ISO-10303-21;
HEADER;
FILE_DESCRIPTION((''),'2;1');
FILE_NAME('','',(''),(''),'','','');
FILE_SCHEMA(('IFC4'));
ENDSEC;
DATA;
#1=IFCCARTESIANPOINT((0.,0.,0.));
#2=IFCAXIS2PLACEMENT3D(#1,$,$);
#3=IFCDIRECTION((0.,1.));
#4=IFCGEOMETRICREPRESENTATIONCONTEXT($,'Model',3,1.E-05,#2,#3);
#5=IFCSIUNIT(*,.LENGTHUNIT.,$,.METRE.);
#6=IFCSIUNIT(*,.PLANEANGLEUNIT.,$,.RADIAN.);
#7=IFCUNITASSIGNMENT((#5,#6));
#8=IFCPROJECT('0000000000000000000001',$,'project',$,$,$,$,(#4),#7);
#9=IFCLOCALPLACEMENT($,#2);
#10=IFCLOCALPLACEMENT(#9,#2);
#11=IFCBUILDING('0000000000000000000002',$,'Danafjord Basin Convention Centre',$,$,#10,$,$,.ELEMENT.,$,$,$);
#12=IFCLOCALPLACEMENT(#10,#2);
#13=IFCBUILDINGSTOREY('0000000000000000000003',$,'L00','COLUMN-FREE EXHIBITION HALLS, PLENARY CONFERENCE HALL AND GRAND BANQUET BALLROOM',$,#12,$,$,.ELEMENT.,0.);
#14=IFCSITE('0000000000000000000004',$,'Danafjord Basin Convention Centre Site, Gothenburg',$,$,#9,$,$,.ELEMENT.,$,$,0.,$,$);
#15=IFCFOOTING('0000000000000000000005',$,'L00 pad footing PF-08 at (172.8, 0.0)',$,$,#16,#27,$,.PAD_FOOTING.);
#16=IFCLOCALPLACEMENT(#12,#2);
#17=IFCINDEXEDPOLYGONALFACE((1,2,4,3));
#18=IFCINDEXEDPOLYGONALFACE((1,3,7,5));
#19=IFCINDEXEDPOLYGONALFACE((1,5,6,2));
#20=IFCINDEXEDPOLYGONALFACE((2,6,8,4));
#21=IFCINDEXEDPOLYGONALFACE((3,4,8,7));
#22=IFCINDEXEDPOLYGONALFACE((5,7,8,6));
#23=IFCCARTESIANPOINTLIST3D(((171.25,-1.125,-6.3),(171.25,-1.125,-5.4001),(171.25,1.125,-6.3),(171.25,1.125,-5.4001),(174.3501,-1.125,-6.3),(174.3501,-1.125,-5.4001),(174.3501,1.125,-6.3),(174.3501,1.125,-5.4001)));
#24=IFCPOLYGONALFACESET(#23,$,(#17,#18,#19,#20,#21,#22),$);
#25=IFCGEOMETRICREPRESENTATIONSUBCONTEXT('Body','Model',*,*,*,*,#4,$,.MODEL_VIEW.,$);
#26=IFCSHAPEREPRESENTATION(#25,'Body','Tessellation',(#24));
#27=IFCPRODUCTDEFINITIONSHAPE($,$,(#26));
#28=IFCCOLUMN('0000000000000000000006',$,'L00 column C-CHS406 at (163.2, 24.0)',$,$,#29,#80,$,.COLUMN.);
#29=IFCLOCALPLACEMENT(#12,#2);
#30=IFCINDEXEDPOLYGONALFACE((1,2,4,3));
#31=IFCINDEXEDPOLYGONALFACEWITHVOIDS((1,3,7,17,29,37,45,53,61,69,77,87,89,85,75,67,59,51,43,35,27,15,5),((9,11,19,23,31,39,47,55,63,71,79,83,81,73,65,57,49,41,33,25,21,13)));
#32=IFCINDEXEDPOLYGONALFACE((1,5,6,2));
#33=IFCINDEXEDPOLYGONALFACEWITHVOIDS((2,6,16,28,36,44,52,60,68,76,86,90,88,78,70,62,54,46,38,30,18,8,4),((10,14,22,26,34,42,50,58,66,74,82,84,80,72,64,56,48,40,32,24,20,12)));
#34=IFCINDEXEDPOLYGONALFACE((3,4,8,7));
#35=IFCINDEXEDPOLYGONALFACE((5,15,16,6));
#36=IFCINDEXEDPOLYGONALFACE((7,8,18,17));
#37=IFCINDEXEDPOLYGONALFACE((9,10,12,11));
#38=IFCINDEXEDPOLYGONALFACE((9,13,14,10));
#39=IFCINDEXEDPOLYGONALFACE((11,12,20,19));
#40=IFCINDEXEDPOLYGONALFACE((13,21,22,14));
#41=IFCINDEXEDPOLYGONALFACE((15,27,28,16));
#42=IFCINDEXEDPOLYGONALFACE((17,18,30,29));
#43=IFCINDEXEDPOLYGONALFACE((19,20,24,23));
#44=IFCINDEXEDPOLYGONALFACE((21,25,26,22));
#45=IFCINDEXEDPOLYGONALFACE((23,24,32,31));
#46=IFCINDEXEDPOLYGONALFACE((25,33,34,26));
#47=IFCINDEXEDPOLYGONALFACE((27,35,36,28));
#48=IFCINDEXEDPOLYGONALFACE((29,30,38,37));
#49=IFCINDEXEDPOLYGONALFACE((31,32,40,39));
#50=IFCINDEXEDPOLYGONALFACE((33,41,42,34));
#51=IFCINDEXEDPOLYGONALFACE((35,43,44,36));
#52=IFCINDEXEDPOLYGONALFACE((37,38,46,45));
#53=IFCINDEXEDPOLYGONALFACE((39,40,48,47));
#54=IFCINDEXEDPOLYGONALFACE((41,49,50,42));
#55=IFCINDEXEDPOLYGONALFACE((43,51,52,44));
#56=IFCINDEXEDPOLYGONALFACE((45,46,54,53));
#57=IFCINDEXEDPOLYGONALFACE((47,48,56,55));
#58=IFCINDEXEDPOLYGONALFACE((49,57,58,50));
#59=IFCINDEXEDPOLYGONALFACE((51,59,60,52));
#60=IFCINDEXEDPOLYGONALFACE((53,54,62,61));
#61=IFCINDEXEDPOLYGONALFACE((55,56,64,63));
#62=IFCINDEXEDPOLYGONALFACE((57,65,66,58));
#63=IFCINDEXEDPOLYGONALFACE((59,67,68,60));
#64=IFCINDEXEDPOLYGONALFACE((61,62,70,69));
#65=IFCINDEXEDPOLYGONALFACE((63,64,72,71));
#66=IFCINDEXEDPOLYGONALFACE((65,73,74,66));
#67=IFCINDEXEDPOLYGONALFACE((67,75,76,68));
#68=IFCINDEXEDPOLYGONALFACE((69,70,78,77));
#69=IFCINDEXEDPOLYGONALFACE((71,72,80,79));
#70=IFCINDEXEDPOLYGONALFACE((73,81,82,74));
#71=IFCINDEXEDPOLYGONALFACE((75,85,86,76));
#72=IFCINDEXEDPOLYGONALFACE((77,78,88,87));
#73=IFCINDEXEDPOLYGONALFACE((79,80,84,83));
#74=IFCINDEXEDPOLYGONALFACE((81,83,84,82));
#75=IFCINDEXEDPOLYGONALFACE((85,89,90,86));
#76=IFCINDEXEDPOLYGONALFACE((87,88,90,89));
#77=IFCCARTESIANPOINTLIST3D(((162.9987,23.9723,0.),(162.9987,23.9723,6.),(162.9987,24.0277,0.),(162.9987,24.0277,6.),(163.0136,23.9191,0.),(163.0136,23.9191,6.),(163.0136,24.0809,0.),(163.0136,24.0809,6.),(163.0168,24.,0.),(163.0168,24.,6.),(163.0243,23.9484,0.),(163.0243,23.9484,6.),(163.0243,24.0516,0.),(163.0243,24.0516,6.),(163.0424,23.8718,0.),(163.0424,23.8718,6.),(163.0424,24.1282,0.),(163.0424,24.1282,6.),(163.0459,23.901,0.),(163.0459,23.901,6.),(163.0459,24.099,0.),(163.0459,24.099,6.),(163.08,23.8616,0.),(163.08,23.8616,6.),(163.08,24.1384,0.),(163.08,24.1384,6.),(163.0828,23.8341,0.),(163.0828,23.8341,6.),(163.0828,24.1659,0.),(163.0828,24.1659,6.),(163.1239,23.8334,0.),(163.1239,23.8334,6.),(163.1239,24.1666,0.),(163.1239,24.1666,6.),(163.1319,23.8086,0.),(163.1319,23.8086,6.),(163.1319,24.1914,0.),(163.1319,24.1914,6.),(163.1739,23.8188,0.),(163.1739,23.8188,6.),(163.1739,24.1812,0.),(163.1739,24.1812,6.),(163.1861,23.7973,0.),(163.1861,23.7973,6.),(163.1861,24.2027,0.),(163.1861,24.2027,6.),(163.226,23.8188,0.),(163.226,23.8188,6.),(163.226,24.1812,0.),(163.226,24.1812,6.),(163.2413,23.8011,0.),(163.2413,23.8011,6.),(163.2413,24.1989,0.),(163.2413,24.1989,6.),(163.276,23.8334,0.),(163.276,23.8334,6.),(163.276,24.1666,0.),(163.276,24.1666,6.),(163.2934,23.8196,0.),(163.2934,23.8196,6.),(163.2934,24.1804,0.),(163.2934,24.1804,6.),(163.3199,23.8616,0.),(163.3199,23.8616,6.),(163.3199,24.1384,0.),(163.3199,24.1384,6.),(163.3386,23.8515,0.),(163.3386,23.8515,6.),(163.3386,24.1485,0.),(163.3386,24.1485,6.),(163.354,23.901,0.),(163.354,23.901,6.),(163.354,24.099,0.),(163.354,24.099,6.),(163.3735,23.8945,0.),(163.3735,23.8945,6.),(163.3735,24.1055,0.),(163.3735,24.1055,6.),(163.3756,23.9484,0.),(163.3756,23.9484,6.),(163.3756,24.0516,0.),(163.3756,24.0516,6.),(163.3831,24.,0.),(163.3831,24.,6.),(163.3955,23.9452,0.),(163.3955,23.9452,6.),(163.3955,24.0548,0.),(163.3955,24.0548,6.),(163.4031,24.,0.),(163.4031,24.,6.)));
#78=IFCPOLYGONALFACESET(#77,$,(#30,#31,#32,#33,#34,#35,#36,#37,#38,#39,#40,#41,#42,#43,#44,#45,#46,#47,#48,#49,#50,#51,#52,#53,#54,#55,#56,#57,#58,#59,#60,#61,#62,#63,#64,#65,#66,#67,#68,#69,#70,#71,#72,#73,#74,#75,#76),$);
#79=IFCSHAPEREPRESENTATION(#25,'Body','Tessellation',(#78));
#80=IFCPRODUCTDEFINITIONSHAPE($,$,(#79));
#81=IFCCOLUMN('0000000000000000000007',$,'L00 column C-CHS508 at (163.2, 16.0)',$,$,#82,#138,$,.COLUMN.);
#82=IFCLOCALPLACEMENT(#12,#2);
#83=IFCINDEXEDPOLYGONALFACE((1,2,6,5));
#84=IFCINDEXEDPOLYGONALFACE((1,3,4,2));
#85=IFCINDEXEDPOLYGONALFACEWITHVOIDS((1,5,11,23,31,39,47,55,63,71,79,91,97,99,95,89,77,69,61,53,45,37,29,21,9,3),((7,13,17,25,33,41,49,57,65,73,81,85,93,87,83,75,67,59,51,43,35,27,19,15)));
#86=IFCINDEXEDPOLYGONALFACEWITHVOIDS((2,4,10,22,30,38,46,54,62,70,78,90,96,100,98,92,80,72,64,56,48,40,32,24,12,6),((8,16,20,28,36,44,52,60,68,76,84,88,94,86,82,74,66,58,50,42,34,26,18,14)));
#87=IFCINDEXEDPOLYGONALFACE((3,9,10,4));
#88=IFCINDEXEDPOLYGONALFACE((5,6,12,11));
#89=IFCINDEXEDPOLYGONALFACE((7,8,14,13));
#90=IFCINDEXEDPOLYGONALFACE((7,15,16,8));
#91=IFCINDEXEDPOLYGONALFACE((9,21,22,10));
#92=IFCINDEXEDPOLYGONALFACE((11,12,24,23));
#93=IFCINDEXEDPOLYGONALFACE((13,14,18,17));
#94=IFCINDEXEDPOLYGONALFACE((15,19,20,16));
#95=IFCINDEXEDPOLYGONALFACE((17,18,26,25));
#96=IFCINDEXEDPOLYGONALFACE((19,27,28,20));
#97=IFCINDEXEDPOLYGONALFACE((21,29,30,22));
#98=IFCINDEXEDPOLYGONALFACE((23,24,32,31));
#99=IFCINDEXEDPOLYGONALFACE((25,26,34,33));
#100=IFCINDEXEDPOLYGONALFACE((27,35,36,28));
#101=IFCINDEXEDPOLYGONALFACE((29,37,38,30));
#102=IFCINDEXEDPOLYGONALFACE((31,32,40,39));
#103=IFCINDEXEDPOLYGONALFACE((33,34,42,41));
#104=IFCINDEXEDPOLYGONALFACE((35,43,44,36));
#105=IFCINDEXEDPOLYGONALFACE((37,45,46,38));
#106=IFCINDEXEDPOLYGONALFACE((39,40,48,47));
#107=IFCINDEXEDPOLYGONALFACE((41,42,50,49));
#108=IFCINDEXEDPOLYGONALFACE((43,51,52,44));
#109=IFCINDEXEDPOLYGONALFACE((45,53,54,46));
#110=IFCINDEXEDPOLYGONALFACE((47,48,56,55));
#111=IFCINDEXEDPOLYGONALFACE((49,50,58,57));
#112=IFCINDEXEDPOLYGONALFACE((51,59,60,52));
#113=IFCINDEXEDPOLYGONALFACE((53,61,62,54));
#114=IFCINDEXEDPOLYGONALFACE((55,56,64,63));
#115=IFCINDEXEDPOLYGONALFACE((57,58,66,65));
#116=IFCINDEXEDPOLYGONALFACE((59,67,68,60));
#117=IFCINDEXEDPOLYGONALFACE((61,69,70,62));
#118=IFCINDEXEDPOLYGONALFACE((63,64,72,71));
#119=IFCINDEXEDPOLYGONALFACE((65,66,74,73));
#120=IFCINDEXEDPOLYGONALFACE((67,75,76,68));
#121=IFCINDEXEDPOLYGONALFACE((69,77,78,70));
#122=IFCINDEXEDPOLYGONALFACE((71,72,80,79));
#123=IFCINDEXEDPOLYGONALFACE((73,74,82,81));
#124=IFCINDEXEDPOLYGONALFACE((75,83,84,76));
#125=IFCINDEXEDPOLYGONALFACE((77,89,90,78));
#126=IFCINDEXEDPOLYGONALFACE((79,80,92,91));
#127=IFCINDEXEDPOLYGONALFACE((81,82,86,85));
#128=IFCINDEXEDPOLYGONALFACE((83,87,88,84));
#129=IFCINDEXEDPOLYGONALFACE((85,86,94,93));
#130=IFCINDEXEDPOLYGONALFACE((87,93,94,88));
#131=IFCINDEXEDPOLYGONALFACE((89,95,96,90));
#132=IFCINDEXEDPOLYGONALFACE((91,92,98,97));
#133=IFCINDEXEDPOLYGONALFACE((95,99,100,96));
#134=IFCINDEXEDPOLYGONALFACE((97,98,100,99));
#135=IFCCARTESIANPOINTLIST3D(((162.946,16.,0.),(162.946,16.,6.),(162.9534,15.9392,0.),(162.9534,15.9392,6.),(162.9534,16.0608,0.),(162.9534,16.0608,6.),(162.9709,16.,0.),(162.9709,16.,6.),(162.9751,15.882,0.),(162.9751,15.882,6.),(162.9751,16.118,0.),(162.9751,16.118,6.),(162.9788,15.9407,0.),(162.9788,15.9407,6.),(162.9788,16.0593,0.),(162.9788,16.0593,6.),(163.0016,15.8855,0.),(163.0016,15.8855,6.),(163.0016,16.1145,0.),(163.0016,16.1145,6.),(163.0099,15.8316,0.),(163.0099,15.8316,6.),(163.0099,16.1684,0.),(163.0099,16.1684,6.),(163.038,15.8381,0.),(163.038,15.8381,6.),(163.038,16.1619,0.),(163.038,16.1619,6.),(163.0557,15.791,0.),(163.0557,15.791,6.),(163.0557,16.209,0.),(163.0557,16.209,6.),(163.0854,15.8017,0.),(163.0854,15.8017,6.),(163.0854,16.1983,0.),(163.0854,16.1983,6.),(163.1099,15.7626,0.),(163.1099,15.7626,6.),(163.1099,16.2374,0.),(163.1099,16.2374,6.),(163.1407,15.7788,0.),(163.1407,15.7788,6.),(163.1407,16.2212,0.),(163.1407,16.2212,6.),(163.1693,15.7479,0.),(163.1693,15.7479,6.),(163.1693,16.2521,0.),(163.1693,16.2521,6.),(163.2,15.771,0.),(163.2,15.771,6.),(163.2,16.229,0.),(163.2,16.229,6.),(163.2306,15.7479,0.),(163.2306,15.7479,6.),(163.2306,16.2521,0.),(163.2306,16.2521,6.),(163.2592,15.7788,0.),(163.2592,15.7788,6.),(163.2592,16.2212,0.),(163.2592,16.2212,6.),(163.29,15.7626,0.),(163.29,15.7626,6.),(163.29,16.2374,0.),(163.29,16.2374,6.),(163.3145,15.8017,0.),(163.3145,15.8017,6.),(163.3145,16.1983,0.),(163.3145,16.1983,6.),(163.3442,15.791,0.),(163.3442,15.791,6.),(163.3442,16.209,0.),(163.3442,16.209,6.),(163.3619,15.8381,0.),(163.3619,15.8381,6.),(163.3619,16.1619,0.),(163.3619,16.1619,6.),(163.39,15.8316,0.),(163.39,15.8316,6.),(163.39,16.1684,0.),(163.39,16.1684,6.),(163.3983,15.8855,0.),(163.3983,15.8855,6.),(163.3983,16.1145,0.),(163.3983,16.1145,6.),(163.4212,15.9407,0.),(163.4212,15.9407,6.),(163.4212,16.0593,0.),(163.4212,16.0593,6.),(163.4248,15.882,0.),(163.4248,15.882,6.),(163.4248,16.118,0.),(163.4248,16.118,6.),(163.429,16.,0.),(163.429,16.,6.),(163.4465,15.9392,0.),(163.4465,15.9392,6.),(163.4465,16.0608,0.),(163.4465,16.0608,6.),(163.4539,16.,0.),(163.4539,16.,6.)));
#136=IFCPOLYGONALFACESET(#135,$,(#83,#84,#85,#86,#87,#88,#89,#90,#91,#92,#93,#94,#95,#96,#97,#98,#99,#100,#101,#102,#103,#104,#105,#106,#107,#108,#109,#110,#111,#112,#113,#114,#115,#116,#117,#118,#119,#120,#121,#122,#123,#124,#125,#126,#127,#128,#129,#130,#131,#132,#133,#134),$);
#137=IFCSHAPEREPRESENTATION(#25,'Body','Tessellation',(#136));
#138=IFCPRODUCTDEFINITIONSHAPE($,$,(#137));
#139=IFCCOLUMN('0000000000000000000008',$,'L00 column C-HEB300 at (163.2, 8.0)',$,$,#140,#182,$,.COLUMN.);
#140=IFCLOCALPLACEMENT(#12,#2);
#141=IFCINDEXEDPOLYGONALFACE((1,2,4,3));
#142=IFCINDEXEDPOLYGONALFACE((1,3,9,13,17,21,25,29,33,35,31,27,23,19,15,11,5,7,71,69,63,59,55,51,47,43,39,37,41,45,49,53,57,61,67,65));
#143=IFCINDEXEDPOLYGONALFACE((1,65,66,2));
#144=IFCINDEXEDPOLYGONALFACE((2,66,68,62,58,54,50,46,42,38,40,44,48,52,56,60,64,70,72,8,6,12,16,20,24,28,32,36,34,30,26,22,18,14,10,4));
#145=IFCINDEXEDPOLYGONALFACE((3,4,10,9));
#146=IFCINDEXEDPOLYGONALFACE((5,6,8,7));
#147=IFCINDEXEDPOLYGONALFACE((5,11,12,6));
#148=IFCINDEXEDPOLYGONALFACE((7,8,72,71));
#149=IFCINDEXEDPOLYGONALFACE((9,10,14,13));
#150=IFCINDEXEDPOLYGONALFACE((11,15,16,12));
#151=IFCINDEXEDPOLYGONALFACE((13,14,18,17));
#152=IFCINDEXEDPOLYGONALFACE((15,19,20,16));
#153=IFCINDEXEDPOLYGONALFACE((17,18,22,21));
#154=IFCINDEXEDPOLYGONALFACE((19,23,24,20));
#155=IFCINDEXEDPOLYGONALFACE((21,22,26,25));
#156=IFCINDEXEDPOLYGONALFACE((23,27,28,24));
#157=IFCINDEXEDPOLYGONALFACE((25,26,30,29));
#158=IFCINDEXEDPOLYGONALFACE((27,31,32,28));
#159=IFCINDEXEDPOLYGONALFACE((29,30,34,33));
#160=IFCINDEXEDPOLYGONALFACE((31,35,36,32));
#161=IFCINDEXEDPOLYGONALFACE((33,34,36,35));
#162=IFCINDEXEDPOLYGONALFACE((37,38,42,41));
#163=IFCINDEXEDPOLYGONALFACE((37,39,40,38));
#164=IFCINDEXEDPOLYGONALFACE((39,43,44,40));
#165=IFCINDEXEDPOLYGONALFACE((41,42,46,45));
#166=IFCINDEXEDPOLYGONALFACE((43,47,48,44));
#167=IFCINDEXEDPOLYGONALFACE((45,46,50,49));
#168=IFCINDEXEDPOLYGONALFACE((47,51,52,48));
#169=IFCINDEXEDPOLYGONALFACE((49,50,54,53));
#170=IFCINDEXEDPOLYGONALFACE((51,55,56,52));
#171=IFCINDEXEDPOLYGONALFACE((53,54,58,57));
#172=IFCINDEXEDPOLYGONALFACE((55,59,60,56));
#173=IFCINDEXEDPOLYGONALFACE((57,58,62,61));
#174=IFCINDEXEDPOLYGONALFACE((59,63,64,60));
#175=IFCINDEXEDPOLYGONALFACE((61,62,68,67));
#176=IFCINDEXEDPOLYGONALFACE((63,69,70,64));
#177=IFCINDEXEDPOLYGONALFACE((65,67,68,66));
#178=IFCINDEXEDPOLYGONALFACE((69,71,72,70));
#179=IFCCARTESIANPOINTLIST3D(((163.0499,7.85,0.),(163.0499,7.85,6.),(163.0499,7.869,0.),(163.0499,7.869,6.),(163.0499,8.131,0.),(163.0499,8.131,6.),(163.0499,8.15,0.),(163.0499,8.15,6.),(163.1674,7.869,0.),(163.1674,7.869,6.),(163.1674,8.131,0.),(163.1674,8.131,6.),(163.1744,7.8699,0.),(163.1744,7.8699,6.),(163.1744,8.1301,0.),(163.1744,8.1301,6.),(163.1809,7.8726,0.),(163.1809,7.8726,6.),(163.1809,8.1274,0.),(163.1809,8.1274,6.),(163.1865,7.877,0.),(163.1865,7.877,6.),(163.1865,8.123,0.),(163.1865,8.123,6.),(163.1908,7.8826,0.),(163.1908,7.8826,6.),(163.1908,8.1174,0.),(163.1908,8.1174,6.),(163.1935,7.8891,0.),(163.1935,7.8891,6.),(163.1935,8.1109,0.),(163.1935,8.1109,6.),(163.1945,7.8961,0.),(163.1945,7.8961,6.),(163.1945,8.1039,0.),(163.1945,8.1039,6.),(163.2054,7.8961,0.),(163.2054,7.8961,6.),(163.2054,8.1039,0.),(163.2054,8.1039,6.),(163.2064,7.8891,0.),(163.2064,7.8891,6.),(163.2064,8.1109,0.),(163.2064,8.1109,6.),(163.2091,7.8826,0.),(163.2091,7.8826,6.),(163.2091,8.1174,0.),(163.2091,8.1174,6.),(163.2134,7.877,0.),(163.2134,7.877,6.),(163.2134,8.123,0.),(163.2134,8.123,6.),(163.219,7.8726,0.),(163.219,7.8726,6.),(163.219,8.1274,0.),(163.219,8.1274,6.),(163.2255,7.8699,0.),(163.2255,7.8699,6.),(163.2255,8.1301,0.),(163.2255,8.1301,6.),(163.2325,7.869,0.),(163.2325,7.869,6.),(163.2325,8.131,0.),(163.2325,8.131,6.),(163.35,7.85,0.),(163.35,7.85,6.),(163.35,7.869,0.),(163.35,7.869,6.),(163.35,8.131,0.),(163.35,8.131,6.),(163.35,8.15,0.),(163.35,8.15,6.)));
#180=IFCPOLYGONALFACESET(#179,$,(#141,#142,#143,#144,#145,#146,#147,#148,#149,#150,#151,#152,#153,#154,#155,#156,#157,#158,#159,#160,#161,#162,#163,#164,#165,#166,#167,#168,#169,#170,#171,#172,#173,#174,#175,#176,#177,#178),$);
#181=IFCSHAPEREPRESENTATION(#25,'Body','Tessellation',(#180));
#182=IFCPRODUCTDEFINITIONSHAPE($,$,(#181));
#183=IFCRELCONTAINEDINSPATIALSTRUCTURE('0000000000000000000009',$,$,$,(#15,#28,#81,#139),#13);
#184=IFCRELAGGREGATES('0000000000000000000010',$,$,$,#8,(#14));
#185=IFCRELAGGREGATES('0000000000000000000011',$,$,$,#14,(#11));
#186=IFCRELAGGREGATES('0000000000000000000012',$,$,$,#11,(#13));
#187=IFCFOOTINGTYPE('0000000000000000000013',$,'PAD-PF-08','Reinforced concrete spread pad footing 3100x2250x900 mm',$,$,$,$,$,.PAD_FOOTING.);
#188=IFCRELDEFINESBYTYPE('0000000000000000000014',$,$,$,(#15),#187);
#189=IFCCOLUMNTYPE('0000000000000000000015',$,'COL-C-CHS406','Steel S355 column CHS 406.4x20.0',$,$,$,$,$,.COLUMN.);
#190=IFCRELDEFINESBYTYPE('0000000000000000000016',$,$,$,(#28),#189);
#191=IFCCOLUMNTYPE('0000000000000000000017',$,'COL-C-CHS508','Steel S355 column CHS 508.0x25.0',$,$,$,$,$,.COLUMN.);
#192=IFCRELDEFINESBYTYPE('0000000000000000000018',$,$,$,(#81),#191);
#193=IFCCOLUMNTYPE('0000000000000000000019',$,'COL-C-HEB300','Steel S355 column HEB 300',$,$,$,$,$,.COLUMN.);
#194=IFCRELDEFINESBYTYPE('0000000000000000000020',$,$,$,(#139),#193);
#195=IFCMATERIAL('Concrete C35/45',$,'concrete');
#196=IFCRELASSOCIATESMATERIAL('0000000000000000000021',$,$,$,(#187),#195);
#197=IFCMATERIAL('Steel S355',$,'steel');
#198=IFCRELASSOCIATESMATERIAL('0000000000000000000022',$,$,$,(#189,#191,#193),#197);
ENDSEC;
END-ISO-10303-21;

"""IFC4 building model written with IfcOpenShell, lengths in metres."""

from ifc_helpers import new_model, si_unit, direction, frame, origin, origin_2d, place, context, subcontext, project, spatial, rectangle, hollow_circle, i_section, extrude, material, material_profile, profile_set, type_object, element, save


model = new_model("IFC4")

# Units and contexts
model_context = context("Model", 3, precision=1e-05, world=origin(), true_north=direction((0.0, 1.0)))
body_context = subcontext(model_context, "Body", "Model", "MODEL_VIEW")
ifc_project = project(units=[si_unit("LENGTHUNIT", "METRE"), si_unit("PLANEANGLEUNIT", "RADIAN")], contexts=[model_context])

# Site, building, storey
site_placement = place(None, origin())
site = spatial("IfcSite", under=ifc_project, at=site_placement, Name="Danafjord Basin Convention Centre Site, Gothenburg", CompositionType="ELEMENT", RefElevation=0.0)
building_placement = place(site_placement, origin())
building = spatial("IfcBuilding", under=site, at=building_placement, Name="Danafjord Basin Convention Centre", CompositionType="ELEMENT")
storey_placement = place(building_placement, origin())
storey = spatial("IfcBuildingStorey", under=building, at=storey_placement, Name="L00", Description="COLUMN-FREE EXHIBITION HALLS, PLENARY CONFERENCE HALL AND GRAND BANQUET BALLROOM", CompositionType="ELEMENT", Elevation=0.0)

# Footing
ifc_material_1 = material(Name="Concrete C35/45", Category="concrete")
footing_type = type_object("IfcFootingType", Name="PAD-PF-08", Description="Reinforced concrete spread pad footing 3100x2250x900 mm", PredefinedType="PAD_FOOTING", material=ifc_material_1)
footing_placement = place(storey_placement, frame((172.8, 0.0, -6.3), z_axis=(0.0, 0.0, 1.0), x_axis=(1.0, 0.0, 0.0)))
element("IfcFooting", 1, at=footing_placement, inside=storey, type_object=footing_type, Name="L00 pad footing PF-08 at (172.8, 0.0)", PredefinedType="PAD_FOOTING", context=body_context, shape_type="SweptSolid", body=[
    extrude(rectangle(XDim=3.1001, YDim=2.25, at=origin_2d()), origin(), (0.0, 0.0, 1.0), 0.8999),
])

# Columns
ifc_material_2 = material(Name="Steel S355", Category="steel")
ifc_material_profile_1 = material_profile(ifc_material_2, hollow_circle(Radius=0.2031, WallThickness=0.02, at=origin_2d()), Name="CHS 406.4x20.0")
ifc_profile_set_1 = profile_set([ifc_material_profile_1], Name="Steel S355")
column_type_1 = type_object("IfcColumnType", Name="COL-C-CHS406", Description="Steel S355 column CHS 406.4x20.0", PredefinedType="COLUMN", material=ifc_profile_set_1)
column_1_placement = place(storey_placement, frame((163.2, 24.0, 0.0), z_axis=(0.0, 0.0, 1.0), x_axis=(1.0, 0.0, 0.0)))
element("IfcColumn", 2, at=column_1_placement, inside=storey, type_object=column_type_1, Name="L00 column C-CHS406 at (163.2, 24.0)", PredefinedType="COLUMN", context=body_context, shape_type="SweptSolid", body=[
    extrude(hollow_circle(Radius=0.2031, WallThickness=0.02, at=origin_2d()), origin(), (0.0, 0.0, 1.0), 6.0),
])
ifc_material_profile_2 = material_profile(ifc_material_2, hollow_circle(Radius=0.2539, WallThickness=0.0249, at=origin_2d()), Name="CHS 508.0x25.0")
ifc_profile_set_2 = profile_set([ifc_material_profile_2], Name="Steel S355")
column_type_2 = type_object("IfcColumnType", Name="COL-C-CHS508", Description="Steel S355 column CHS 508.0x25.0", PredefinedType="COLUMN", material=ifc_profile_set_2)
column_2_placement = place(storey_placement, frame((163.2, 16.0, 0.0), z_axis=(0.0, 0.0, 1.0), x_axis=(1.0, 0.0, 0.0)))
element("IfcColumn", 3, at=column_2_placement, inside=storey, type_object=column_type_2, Name="L00 column C-CHS508 at (163.2, 16.0)", PredefinedType="COLUMN", context=body_context, shape_type="SweptSolid", body=[
    extrude(hollow_circle(Radius=0.2539, WallThickness=0.0249, at=origin_2d()), origin(), (0.0, 0.0, 1.0), 6.0),
])
ifc_material_profile_3 = material_profile(ifc_material_2, i_section(OverallWidth=0.3, OverallDepth=0.3, WebThickness=0.011, FlangeThickness=0.019, FilletRadius=0.0271, at=origin_2d()), Name="HEB 300")
ifc_profile_set_3 = profile_set([ifc_material_profile_3], Name="Steel S355")
column_type_3 = type_object("IfcColumnType", Name="COL-C-HEB300", Description="Steel S355 column HEB 300", PredefinedType="COLUMN", material=ifc_profile_set_3)
column_3_placement = place(storey_placement, frame((163.2, 8.0, 0.0), z_axis=(0.0, 0.0, 1.0), x_axis=(1.0, 0.0, 0.0)))
element("IfcColumn", 4, at=column_3_placement, inside=storey, type_object=column_type_3, Name="L00 column C-HEB300 at (163.2, 8.0)", PredefinedType="COLUMN", context=body_context, shape_type="SweptSolid", body=[
    extrude(i_section(OverallWidth=0.3, OverallDepth=0.3, WebThickness=0.011, FlangeThickness=0.019, FilletRadius=0.0271, at=origin_2d()), origin(), (0.0, 0.0, 1.0), 6.0),
])

save(model, "model.ifc")
